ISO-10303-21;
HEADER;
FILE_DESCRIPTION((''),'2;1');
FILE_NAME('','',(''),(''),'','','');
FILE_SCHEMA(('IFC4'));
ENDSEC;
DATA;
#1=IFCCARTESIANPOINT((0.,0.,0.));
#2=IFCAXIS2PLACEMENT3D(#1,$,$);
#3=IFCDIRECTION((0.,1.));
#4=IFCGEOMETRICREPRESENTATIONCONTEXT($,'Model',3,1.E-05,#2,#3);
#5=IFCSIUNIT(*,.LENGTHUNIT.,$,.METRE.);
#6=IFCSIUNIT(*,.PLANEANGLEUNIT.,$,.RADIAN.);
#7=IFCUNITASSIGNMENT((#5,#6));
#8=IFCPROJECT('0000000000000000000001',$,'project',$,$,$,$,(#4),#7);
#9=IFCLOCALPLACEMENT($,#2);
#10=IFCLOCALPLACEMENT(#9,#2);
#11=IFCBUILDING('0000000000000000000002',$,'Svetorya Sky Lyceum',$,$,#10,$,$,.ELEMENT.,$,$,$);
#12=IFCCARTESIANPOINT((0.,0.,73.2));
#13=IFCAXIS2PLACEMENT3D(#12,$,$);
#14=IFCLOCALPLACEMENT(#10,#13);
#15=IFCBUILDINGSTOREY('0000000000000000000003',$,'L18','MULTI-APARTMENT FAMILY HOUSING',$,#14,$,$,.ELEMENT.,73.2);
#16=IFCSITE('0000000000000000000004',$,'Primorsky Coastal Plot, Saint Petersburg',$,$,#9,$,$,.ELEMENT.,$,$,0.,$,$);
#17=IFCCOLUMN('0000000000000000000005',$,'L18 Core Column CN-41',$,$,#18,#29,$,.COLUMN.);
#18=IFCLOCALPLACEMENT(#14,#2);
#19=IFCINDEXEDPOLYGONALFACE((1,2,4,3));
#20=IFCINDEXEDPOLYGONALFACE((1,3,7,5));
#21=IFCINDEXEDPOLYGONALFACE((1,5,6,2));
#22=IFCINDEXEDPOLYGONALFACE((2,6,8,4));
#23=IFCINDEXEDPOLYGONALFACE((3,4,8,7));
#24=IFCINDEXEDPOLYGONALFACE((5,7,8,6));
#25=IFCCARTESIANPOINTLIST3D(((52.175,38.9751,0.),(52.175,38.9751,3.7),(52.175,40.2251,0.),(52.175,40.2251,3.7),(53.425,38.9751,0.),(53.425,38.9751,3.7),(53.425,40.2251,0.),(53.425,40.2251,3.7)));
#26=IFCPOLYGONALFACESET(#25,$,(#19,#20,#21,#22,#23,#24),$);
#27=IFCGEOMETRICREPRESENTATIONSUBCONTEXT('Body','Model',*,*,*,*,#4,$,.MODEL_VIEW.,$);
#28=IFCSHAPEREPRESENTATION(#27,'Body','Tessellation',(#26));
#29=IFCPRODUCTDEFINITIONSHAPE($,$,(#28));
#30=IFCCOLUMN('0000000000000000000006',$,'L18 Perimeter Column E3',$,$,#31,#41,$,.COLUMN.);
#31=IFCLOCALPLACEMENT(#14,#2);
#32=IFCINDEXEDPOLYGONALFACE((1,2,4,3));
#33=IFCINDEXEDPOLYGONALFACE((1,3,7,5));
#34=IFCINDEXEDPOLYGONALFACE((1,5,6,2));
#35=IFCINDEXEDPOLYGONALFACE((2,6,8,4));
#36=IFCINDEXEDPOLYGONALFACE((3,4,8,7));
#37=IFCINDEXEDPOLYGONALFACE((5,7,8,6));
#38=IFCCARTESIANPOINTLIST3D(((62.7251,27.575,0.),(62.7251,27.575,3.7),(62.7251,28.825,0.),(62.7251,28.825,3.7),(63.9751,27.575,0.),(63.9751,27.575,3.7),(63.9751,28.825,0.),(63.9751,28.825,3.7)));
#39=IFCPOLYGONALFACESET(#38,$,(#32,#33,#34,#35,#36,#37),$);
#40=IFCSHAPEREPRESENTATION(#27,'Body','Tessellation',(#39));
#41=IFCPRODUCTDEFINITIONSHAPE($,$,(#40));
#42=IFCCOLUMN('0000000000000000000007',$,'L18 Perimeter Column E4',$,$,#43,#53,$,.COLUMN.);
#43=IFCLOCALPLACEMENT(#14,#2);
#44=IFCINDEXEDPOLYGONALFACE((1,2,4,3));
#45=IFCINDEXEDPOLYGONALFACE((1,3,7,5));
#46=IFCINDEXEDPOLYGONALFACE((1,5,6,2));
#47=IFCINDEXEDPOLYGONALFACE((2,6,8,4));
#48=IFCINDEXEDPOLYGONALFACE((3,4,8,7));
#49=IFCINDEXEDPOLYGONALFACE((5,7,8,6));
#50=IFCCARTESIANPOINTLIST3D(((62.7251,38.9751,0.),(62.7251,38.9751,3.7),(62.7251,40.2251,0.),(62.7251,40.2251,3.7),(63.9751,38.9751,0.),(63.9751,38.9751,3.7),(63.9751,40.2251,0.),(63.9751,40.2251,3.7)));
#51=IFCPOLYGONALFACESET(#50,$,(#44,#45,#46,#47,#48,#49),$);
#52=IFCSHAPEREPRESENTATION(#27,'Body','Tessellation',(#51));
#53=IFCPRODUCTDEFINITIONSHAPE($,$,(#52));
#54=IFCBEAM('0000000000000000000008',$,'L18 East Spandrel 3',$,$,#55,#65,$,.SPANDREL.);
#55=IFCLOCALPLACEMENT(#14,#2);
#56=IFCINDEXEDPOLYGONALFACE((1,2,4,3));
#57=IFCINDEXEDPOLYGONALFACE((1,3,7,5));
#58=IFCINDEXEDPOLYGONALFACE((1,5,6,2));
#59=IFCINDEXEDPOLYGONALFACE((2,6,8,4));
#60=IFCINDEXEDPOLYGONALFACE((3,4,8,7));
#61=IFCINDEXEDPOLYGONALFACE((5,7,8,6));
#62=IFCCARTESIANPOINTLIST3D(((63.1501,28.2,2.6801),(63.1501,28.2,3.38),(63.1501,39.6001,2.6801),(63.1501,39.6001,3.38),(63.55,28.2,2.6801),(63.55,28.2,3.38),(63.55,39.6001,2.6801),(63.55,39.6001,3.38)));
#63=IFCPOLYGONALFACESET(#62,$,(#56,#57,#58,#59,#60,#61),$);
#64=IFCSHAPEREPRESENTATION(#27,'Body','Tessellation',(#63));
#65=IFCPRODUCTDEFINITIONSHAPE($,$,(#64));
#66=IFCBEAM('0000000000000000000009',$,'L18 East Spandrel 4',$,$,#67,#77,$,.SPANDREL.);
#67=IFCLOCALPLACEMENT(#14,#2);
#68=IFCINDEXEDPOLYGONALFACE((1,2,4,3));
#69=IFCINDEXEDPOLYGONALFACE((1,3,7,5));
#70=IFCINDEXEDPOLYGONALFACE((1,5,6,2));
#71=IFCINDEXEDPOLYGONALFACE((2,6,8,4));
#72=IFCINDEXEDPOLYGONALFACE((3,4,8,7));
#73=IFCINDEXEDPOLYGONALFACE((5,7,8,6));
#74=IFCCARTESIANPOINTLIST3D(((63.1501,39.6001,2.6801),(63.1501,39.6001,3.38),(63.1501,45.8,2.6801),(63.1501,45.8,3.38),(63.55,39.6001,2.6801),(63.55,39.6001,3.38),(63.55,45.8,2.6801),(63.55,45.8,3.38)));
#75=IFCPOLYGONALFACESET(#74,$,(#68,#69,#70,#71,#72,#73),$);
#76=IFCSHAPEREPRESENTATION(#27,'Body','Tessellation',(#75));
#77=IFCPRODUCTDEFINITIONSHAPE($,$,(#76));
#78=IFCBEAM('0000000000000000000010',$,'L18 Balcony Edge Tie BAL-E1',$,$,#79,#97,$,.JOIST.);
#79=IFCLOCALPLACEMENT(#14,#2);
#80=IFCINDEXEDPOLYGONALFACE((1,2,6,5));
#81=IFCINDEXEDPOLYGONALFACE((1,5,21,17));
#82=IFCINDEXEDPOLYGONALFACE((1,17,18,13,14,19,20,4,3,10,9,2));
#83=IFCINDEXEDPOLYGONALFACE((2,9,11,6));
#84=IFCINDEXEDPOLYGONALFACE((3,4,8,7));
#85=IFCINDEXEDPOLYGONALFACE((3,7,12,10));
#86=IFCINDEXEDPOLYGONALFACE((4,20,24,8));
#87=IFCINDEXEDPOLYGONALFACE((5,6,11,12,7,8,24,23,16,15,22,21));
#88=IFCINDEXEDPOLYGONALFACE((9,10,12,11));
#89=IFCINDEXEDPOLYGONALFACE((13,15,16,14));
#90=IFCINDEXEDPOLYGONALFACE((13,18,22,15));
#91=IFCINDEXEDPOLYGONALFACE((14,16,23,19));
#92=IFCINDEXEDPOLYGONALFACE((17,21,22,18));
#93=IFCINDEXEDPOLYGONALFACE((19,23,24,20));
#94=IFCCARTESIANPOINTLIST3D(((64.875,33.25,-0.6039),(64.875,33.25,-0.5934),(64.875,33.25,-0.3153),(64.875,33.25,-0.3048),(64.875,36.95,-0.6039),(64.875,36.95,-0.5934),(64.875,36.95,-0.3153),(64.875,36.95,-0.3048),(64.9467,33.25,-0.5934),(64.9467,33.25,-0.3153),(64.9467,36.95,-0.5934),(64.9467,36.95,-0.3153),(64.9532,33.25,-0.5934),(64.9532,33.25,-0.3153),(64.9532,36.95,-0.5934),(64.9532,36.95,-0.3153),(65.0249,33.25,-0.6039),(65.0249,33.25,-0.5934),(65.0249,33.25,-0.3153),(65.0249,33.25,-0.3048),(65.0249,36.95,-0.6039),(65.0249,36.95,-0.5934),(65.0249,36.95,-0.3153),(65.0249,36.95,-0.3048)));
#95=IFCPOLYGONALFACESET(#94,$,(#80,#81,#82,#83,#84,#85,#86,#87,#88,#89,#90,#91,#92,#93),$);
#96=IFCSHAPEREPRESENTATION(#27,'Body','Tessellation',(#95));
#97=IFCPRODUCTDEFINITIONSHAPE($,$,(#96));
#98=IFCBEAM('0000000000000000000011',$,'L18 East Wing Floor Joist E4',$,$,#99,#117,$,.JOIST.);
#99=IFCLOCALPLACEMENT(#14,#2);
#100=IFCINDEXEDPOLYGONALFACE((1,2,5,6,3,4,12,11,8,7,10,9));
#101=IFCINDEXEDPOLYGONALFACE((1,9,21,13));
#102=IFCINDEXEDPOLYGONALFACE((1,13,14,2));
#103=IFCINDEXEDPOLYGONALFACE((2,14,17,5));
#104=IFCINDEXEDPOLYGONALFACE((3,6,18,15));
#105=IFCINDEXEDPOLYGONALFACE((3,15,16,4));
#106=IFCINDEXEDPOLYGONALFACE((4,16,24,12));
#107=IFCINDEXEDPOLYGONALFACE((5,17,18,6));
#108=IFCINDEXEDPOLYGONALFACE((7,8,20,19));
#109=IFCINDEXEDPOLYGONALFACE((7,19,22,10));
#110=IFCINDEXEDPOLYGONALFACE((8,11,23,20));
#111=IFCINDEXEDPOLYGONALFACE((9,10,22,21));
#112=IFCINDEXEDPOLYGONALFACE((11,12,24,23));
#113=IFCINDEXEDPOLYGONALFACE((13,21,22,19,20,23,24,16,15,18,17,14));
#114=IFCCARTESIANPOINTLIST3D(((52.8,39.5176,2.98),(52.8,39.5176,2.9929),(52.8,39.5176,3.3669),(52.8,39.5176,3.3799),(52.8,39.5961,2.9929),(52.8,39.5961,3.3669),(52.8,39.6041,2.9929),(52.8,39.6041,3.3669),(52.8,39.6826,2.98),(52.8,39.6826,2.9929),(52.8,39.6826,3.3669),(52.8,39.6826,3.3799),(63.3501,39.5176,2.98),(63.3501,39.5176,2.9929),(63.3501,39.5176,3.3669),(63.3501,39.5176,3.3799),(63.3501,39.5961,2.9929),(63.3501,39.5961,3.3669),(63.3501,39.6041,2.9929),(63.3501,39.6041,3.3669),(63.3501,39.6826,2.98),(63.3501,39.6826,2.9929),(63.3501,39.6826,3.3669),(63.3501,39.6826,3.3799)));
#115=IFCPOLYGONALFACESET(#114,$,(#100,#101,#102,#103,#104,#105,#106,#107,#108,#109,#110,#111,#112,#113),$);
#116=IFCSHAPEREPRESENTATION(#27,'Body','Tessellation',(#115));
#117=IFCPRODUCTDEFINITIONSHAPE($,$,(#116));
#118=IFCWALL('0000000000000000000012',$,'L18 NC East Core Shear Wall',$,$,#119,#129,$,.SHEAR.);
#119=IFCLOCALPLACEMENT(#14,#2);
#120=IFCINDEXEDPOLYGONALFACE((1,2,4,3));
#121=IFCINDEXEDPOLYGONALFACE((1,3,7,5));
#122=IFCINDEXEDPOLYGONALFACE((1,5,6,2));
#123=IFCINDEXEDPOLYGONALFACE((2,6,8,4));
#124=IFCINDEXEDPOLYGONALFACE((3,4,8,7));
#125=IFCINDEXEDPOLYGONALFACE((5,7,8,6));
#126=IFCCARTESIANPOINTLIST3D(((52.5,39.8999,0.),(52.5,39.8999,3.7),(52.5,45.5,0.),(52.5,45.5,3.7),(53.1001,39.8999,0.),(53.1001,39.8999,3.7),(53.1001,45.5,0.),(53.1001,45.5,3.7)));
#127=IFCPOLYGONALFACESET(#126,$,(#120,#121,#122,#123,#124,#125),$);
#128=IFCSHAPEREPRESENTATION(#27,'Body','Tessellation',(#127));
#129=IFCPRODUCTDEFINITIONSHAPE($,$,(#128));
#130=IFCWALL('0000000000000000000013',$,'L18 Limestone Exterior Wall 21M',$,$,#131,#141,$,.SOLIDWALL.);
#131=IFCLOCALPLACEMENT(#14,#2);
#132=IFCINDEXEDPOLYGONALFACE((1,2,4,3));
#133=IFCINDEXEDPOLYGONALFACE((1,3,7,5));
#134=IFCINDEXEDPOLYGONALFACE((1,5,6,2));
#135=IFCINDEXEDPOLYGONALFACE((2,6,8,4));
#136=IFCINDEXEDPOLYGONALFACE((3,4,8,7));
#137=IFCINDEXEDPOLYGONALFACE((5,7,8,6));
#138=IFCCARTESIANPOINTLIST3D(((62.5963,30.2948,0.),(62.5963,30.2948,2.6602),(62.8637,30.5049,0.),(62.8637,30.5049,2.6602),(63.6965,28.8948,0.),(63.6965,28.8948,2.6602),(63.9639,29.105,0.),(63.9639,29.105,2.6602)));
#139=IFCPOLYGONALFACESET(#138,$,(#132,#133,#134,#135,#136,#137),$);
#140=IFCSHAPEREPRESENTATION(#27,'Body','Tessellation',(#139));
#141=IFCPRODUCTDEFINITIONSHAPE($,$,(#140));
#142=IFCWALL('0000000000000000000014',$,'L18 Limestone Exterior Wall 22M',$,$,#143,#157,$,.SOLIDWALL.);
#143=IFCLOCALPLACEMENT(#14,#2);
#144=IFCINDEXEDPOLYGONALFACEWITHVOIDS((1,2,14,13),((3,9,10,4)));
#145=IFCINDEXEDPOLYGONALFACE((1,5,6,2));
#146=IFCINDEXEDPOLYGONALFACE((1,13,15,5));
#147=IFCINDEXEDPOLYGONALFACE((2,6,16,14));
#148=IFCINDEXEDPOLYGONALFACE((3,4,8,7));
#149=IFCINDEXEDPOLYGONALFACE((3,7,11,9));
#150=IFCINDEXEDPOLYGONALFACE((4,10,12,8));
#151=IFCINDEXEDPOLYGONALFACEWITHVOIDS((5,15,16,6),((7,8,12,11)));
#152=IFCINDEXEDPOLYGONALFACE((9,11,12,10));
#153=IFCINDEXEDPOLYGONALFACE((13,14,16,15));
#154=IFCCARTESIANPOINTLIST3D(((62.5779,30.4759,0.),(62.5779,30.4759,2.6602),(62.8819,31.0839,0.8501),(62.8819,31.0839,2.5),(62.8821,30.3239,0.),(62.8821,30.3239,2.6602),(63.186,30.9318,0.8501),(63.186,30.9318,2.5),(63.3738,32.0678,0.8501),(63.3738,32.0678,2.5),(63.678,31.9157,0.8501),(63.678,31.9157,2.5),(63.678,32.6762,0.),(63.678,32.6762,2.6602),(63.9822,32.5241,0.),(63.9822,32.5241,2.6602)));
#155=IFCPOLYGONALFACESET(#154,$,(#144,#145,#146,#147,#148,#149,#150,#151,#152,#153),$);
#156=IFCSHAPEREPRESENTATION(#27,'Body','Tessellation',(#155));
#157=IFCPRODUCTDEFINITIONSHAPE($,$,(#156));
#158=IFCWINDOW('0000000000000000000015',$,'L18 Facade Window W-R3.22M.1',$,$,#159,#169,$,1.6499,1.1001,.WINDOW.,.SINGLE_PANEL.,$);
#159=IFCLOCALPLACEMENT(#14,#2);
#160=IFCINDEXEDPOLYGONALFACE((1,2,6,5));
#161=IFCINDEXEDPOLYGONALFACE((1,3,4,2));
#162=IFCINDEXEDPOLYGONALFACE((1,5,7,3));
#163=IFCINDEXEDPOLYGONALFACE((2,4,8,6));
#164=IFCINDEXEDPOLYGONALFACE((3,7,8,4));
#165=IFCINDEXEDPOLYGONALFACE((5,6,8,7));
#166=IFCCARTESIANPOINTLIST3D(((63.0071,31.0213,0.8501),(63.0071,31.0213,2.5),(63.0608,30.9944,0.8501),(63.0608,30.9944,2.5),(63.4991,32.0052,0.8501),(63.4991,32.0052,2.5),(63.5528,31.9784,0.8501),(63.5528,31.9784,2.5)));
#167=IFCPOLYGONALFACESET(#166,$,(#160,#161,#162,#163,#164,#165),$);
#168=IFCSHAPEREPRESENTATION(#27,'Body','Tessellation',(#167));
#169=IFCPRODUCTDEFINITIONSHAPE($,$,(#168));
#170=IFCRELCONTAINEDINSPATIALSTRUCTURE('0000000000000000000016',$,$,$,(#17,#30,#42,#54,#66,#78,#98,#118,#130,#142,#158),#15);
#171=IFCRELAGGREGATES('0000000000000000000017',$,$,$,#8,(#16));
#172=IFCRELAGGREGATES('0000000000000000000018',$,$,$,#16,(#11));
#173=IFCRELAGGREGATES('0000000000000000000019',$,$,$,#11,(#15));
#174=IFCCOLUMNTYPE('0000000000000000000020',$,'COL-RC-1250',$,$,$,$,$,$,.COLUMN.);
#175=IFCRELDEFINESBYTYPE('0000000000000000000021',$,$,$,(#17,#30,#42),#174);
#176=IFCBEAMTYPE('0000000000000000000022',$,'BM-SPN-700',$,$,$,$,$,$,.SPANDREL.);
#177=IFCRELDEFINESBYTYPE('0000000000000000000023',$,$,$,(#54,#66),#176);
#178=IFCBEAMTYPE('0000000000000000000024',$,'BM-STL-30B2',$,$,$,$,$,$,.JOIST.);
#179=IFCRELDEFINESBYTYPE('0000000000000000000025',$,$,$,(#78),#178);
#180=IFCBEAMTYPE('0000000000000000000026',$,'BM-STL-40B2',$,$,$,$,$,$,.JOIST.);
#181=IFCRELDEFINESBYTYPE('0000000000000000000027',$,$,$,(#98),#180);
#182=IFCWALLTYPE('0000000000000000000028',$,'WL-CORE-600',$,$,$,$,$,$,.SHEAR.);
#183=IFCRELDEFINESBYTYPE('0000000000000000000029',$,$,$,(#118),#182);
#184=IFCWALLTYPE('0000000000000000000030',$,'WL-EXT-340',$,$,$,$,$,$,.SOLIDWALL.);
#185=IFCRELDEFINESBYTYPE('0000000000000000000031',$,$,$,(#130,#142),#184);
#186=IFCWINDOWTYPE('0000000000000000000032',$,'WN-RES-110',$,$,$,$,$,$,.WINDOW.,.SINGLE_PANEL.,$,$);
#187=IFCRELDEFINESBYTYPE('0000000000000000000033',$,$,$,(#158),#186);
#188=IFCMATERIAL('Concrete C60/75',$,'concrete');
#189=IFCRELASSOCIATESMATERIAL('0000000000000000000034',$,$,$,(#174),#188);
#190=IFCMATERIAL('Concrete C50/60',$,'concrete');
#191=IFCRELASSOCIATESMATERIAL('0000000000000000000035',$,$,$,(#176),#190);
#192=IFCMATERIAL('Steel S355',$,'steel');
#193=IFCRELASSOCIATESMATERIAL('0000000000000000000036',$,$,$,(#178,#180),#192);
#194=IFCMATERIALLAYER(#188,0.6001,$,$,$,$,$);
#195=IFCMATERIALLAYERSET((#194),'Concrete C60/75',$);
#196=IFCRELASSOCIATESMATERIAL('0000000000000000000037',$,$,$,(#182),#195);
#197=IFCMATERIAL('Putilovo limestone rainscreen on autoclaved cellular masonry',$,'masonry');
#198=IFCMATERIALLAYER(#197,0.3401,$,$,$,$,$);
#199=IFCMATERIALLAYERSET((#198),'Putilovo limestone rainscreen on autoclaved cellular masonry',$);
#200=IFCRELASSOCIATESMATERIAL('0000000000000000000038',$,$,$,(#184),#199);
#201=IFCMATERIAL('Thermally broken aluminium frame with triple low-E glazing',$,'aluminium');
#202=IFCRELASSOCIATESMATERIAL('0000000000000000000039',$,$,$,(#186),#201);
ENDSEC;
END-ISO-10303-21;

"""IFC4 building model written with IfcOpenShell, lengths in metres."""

from ifc_helpers import new_model, si_unit, direction, frame, frame_2d, origin, origin_2d, place, context, subcontext, project, spatial, rectangle, i_section, extrude, material, layer, layer_set, material_profile, profile_set, type_object, element, fill, save


model = new_model("IFC4")

# Units and contexts
model_context = context("Model", 3, precision=1e-05, world=origin(), true_north=direction((0.0, 1.0)))
body_context = subcontext(model_context, "Body", "Model", "MODEL_VIEW")
ifc_project = project(units=[si_unit("LENGTHUNIT", "METRE"), si_unit("PLANEANGLEUNIT", "RADIAN")], contexts=[model_context])

# Site, building, storey
site_placement = place(None, origin())
site = spatial("IfcSite", under=ifc_project, at=site_placement, Name="Primorsky Coastal Plot, Saint Petersburg", CompositionType="ELEMENT", RefElevation=0.0)
building_placement = place(site_placement, origin())
building = spatial("IfcBuilding", under=site, at=building_placement, Name="Svetorya Sky Lyceum", CompositionType="ELEMENT")
storey_placement = place(building_placement, frame((0.0, 0.0, 73.2)))
storey = spatial("IfcBuildingStorey", under=building, at=storey_placement, Name="L18", Description="MULTI-APARTMENT FAMILY HOUSING", CompositionType="ELEMENT", Elevation=73.2)

# Columns
ifc_material_1 = material(Name="Concrete C60/75", Category="concrete")
ifc_material_profile_1 = material_profile(ifc_material_1, rectangle(XDim=1.25, YDim=1.25, at=origin_2d()), Name="RC COL 1250x1250")
ifc_profile_set_1 = profile_set([ifc_material_profile_1], Name="Concrete C60/75")
column_type = type_object("IfcColumnType", Name="COL-RC-1250", PredefinedType="COLUMN", material=ifc_profile_set_1)
for number, where, z_axis, x_axis, name in (
    (1, (52.8, 39.6001, 0.0), (0.0, 0.0, 1.0), (1.0, 0.0, 0.0), "L18 Core Column CN-41"),
    (2, (63.3501, 28.2, 0.0), (0.0, 0.0, 1.0), (1.0, 0.0, 0.0), "L18 Perimeter Column E3"),
    (3, (63.3501, 39.6001, 0.0), (0.0, 0.0, 1.0), (1.0, 0.0, 0.0), "L18 Perimeter Column E4"),
):
    element("IfcColumn", number, at=place(storey_placement, frame(where, z_axis=z_axis, x_axis=x_axis)), inside=storey, type_object=column_type, Name=name, PredefinedType="COLUMN", context=body_context, shape_type="SweptSolid", body=[
        extrude(rectangle(XDim=1.25, YDim=1.25, at=origin_2d()), origin(), (0.0, 0.0, 1.0), 3.7),
    ])

# Beams
ifc_material_2 = material(Name="Concrete C50/60", Category="concrete")
ifc_material_profile_2 = material_profile(ifc_material_2, rectangle(XDim=0.3999, YDim=0.7, at=origin_2d()), Name="RC SPANDREL 400x700")
ifc_profile_set_2 = profile_set([ifc_material_profile_2], Name="Concrete C50/60")
beam_type_1 = type_object("IfcBeamType", Name="BM-SPN-700", PredefinedType="SPANDREL", material=ifc_profile_set_2)
beam_1_placement = place(storey_placement, frame((63.3501, 28.2, 3.03), z_axis=(0.0, 1.0, 0.0), x_axis=(-1.0, 0.0, 0.0)))
element("IfcBeam", 4, at=beam_1_placement, inside=storey, type_object=beam_type_1, Name="L18 East Spandrel 3", PredefinedType="SPANDREL", context=body_context, shape_type="SweptSolid", body=[
    extrude(rectangle(XDim=0.3999, YDim=0.7, at=origin_2d()), origin(), (0.0, 0.0, 1.0), 11.4001),
])
beam_2_placement = place(storey_placement, frame((63.3501, 39.6001, 3.03), z_axis=(0.0, 1.0, 0.0), x_axis=(-1.0, 0.0, 0.0)))
element("IfcBeam", 5, at=beam_2_placement, inside=storey, type_object=beam_type_1, Name="L18 East Spandrel 4", PredefinedType="SPANDREL", context=body_context, shape_type="SweptSolid", body=[
    extrude(rectangle(XDim=0.3999, YDim=0.7, at=origin_2d()), origin(), (0.0, 0.0, 1.0), 6.2),
])
ifc_material_3 = material(Name="Steel S355", Category="steel")
ifc_material_profile_3 = material_profile(ifc_material_3, i_section(OverallWidth=0.1499, OverallDepth=0.2991, WebThickness=0.0066, FlangeThickness=0.0105, at=origin_2d()), Name="GOST 30B2")
ifc_profile_set_3 = profile_set([ifc_material_profile_3], Name="Steel S355")
beam_type_2 = type_object("IfcBeamType", Name="BM-STL-30B2", PredefinedType="JOIST", material=ifc_profile_set_3)
beam_3_placement = place(storey_placement, frame((64.95, 33.25, -0.4543), z_axis=(0.0, 1.0, 0.0), x_axis=(-1.0, 0.0, 0.0)))
element("IfcBeam", 6, at=beam_3_placement, inside=storey, type_object=beam_type_2, Name="L18 Balcony Edge Tie BAL-E1", PredefinedType="JOIST", context=body_context, shape_type="SweptSolid", body=[
    extrude(i_section(OverallWidth=0.1499, OverallDepth=0.2991, WebThickness=0.0066, FlangeThickness=0.0105, at=origin_2d()), origin(), (0.0, 0.0, 1.0), 3.7),
])
ifc_material_profile_4 = material_profile(ifc_material_3, i_section(OverallWidth=0.165, OverallDepth=0.3999, WebThickness=0.0081, FlangeThickness=0.0129, at=origin_2d()), Name="GOST 40B2")
ifc_profile_set_4 = profile_set([ifc_material_profile_4], Name="Steel S355")
beam_type_3 = type_object("IfcBeamType", Name="BM-STL-40B2", PredefinedType="JOIST", material=ifc_profile_set_4)
beam_4_placement = place(storey_placement, frame((52.8, 39.6001, 3.1799), z_axis=(1.0, 0.0, 0.0), x_axis=(0.0, 1.0, 0.0)))
element("IfcBeam", 7, at=beam_4_placement, inside=storey, type_object=beam_type_3, Name="L18 East Wing Floor Joist E4", PredefinedType="JOIST", context=body_context, shape_type="SweptSolid", body=[
    extrude(i_section(OverallWidth=0.165, OverallDepth=0.3999, WebThickness=0.0081, FlangeThickness=0.0129, at=origin_2d()), origin(), (0.0, 0.0, 1.0), 10.55),
])

# Walls
ifc_layer_1 = layer(ifc_material_1, 0.6001)
ifc_layer_set_1 = layer_set([ifc_layer_1], Name="Concrete C60/75")
wall_type_1 = type_object("IfcWallType", Name="WL-CORE-600", PredefinedType="SHEAR", material=ifc_layer_set_1)
wall_1_placement = place(storey_placement, frame((52.8, 39.8999, 0.0), z_axis=(0.0, 0.0, 1.0), x_axis=(0.0, 1.0, 0.0)))
element("IfcWall", 8, at=wall_1_placement, inside=storey, type_object=wall_type_1, Name="L18 NC East Core Shear Wall", PredefinedType="SHEAR", context=body_context, shape_type="SweptSolid", body=[
    extrude(rectangle(XDim=5.6001, YDim=0.6001, at=frame_2d((2.8, 0.0))), origin(), (0.0, 0.0, 1.0), 3.7),
])
ifc_material_4 = material(Name="Putilovo limestone rainscreen on autoclaved cellular masonry", Category="masonry")
ifc_layer_2 = layer(ifc_material_4, 0.3401)
ifc_layer_set_2 = layer_set([ifc_layer_2], Name="Putilovo limestone rainscreen on autoclaved cellular masonry")
wall_type_2 = type_object("IfcWallType", Name="WL-EXT-340", PredefinedType="SOLIDWALL", material=ifc_layer_set_2)
wall_2_placement = place(storey_placement, frame((63.8301, 29.0, 0.0), z_axis=(0.0, 0.0, 1.0), x_axis=(-0.617882, 0.786271, 0.0)))
element("IfcWall", 9, at=wall_2_placement, inside=storey, type_object=wall_type_2, Name="L18 Limestone Exterior Wall 21M", PredefinedType="SOLIDWALL", context=body_context, shape_type="SweptSolid", body=[
    extrude(rectangle(XDim=1.7805, YDim=0.3401, at=frame_2d((0.8901, 0.0))), origin(), (0.0, 0.0, 1.0), 2.6602),
])

# Wall, opening, window
wall_3_placement = place(storey_placement, frame((62.73, 30.3999, 0.0), z_axis=(0.0, 0.0, 1.0), x_axis=(0.447214, 0.894427, 0.0)))
wall_3 = element("IfcWall", 10, at=wall_3_placement, inside=storey, type_object=wall_type_2, Name="L18 Limestone Exterior Wall 22M", PredefinedType="SOLIDWALL", context=body_context, shape_type="SweptSolid", body=[
    extrude(rectangle(XDim=2.46, YDim=0.3401, at=frame_2d((1.23, 0.0))), origin(), (0.0, 0.0, 1.0), 2.6602),
])
opening_1_placement = place(wall_3_placement, frame((0.6797, 0.0, 0.8501)))
opening_1 = element("IfcOpeningElement", 11, at=opening_1_placement, cuts=wall_3, PredefinedType="OPENING", context=body_context, shape_type="SweptSolid", body=[
    extrude(rectangle(XDim=1.1001, YDim=1.6499, at=frame_2d((0.55, 0.825))), frame((0.0, 0.1799, 0.0), z_axis=(0.0, -1.0, 0.0), x_axis=(1.0, 0.0, 0.0)), (0.0, 0.0, 1.0), 0.3601),
])
ifc_material_5 = material(Name="Thermally broken aluminium frame with triple low-E glazing", Category="aluminium")
window_type_1 = type_object("IfcWindowType", Name="WN-RES-110", PartitioningType="SINGLE_PANEL", PredefinedType="WINDOW", material=ifc_material_5)
window_1_placement = place(opening_1_placement, origin())
window_1 = element("IfcWindow", 12, at=window_1_placement, inside=storey, type_object=window_type_1, Name="L18 Facade Window W-R3.22M.1", OverallHeight=1.6499, OverallWidth=1.1001, PartitioningType="SINGLE_PANEL", PredefinedType="WINDOW", context=body_context, shape_type="SweptSolid", body=[
    extrude(rectangle(XDim=1.1001, YDim=1.6499, at=frame_2d((0.55, 0.825))), frame((0.0, 0.03, 0.0), z_axis=(0.0, -1.0, 0.0), x_axis=(1.0, 0.0, 0.0)), (0.0, 0.0, 1.0), 0.0601),
])
fill(opening_1, window_1)

save(model, "model.ifc")
